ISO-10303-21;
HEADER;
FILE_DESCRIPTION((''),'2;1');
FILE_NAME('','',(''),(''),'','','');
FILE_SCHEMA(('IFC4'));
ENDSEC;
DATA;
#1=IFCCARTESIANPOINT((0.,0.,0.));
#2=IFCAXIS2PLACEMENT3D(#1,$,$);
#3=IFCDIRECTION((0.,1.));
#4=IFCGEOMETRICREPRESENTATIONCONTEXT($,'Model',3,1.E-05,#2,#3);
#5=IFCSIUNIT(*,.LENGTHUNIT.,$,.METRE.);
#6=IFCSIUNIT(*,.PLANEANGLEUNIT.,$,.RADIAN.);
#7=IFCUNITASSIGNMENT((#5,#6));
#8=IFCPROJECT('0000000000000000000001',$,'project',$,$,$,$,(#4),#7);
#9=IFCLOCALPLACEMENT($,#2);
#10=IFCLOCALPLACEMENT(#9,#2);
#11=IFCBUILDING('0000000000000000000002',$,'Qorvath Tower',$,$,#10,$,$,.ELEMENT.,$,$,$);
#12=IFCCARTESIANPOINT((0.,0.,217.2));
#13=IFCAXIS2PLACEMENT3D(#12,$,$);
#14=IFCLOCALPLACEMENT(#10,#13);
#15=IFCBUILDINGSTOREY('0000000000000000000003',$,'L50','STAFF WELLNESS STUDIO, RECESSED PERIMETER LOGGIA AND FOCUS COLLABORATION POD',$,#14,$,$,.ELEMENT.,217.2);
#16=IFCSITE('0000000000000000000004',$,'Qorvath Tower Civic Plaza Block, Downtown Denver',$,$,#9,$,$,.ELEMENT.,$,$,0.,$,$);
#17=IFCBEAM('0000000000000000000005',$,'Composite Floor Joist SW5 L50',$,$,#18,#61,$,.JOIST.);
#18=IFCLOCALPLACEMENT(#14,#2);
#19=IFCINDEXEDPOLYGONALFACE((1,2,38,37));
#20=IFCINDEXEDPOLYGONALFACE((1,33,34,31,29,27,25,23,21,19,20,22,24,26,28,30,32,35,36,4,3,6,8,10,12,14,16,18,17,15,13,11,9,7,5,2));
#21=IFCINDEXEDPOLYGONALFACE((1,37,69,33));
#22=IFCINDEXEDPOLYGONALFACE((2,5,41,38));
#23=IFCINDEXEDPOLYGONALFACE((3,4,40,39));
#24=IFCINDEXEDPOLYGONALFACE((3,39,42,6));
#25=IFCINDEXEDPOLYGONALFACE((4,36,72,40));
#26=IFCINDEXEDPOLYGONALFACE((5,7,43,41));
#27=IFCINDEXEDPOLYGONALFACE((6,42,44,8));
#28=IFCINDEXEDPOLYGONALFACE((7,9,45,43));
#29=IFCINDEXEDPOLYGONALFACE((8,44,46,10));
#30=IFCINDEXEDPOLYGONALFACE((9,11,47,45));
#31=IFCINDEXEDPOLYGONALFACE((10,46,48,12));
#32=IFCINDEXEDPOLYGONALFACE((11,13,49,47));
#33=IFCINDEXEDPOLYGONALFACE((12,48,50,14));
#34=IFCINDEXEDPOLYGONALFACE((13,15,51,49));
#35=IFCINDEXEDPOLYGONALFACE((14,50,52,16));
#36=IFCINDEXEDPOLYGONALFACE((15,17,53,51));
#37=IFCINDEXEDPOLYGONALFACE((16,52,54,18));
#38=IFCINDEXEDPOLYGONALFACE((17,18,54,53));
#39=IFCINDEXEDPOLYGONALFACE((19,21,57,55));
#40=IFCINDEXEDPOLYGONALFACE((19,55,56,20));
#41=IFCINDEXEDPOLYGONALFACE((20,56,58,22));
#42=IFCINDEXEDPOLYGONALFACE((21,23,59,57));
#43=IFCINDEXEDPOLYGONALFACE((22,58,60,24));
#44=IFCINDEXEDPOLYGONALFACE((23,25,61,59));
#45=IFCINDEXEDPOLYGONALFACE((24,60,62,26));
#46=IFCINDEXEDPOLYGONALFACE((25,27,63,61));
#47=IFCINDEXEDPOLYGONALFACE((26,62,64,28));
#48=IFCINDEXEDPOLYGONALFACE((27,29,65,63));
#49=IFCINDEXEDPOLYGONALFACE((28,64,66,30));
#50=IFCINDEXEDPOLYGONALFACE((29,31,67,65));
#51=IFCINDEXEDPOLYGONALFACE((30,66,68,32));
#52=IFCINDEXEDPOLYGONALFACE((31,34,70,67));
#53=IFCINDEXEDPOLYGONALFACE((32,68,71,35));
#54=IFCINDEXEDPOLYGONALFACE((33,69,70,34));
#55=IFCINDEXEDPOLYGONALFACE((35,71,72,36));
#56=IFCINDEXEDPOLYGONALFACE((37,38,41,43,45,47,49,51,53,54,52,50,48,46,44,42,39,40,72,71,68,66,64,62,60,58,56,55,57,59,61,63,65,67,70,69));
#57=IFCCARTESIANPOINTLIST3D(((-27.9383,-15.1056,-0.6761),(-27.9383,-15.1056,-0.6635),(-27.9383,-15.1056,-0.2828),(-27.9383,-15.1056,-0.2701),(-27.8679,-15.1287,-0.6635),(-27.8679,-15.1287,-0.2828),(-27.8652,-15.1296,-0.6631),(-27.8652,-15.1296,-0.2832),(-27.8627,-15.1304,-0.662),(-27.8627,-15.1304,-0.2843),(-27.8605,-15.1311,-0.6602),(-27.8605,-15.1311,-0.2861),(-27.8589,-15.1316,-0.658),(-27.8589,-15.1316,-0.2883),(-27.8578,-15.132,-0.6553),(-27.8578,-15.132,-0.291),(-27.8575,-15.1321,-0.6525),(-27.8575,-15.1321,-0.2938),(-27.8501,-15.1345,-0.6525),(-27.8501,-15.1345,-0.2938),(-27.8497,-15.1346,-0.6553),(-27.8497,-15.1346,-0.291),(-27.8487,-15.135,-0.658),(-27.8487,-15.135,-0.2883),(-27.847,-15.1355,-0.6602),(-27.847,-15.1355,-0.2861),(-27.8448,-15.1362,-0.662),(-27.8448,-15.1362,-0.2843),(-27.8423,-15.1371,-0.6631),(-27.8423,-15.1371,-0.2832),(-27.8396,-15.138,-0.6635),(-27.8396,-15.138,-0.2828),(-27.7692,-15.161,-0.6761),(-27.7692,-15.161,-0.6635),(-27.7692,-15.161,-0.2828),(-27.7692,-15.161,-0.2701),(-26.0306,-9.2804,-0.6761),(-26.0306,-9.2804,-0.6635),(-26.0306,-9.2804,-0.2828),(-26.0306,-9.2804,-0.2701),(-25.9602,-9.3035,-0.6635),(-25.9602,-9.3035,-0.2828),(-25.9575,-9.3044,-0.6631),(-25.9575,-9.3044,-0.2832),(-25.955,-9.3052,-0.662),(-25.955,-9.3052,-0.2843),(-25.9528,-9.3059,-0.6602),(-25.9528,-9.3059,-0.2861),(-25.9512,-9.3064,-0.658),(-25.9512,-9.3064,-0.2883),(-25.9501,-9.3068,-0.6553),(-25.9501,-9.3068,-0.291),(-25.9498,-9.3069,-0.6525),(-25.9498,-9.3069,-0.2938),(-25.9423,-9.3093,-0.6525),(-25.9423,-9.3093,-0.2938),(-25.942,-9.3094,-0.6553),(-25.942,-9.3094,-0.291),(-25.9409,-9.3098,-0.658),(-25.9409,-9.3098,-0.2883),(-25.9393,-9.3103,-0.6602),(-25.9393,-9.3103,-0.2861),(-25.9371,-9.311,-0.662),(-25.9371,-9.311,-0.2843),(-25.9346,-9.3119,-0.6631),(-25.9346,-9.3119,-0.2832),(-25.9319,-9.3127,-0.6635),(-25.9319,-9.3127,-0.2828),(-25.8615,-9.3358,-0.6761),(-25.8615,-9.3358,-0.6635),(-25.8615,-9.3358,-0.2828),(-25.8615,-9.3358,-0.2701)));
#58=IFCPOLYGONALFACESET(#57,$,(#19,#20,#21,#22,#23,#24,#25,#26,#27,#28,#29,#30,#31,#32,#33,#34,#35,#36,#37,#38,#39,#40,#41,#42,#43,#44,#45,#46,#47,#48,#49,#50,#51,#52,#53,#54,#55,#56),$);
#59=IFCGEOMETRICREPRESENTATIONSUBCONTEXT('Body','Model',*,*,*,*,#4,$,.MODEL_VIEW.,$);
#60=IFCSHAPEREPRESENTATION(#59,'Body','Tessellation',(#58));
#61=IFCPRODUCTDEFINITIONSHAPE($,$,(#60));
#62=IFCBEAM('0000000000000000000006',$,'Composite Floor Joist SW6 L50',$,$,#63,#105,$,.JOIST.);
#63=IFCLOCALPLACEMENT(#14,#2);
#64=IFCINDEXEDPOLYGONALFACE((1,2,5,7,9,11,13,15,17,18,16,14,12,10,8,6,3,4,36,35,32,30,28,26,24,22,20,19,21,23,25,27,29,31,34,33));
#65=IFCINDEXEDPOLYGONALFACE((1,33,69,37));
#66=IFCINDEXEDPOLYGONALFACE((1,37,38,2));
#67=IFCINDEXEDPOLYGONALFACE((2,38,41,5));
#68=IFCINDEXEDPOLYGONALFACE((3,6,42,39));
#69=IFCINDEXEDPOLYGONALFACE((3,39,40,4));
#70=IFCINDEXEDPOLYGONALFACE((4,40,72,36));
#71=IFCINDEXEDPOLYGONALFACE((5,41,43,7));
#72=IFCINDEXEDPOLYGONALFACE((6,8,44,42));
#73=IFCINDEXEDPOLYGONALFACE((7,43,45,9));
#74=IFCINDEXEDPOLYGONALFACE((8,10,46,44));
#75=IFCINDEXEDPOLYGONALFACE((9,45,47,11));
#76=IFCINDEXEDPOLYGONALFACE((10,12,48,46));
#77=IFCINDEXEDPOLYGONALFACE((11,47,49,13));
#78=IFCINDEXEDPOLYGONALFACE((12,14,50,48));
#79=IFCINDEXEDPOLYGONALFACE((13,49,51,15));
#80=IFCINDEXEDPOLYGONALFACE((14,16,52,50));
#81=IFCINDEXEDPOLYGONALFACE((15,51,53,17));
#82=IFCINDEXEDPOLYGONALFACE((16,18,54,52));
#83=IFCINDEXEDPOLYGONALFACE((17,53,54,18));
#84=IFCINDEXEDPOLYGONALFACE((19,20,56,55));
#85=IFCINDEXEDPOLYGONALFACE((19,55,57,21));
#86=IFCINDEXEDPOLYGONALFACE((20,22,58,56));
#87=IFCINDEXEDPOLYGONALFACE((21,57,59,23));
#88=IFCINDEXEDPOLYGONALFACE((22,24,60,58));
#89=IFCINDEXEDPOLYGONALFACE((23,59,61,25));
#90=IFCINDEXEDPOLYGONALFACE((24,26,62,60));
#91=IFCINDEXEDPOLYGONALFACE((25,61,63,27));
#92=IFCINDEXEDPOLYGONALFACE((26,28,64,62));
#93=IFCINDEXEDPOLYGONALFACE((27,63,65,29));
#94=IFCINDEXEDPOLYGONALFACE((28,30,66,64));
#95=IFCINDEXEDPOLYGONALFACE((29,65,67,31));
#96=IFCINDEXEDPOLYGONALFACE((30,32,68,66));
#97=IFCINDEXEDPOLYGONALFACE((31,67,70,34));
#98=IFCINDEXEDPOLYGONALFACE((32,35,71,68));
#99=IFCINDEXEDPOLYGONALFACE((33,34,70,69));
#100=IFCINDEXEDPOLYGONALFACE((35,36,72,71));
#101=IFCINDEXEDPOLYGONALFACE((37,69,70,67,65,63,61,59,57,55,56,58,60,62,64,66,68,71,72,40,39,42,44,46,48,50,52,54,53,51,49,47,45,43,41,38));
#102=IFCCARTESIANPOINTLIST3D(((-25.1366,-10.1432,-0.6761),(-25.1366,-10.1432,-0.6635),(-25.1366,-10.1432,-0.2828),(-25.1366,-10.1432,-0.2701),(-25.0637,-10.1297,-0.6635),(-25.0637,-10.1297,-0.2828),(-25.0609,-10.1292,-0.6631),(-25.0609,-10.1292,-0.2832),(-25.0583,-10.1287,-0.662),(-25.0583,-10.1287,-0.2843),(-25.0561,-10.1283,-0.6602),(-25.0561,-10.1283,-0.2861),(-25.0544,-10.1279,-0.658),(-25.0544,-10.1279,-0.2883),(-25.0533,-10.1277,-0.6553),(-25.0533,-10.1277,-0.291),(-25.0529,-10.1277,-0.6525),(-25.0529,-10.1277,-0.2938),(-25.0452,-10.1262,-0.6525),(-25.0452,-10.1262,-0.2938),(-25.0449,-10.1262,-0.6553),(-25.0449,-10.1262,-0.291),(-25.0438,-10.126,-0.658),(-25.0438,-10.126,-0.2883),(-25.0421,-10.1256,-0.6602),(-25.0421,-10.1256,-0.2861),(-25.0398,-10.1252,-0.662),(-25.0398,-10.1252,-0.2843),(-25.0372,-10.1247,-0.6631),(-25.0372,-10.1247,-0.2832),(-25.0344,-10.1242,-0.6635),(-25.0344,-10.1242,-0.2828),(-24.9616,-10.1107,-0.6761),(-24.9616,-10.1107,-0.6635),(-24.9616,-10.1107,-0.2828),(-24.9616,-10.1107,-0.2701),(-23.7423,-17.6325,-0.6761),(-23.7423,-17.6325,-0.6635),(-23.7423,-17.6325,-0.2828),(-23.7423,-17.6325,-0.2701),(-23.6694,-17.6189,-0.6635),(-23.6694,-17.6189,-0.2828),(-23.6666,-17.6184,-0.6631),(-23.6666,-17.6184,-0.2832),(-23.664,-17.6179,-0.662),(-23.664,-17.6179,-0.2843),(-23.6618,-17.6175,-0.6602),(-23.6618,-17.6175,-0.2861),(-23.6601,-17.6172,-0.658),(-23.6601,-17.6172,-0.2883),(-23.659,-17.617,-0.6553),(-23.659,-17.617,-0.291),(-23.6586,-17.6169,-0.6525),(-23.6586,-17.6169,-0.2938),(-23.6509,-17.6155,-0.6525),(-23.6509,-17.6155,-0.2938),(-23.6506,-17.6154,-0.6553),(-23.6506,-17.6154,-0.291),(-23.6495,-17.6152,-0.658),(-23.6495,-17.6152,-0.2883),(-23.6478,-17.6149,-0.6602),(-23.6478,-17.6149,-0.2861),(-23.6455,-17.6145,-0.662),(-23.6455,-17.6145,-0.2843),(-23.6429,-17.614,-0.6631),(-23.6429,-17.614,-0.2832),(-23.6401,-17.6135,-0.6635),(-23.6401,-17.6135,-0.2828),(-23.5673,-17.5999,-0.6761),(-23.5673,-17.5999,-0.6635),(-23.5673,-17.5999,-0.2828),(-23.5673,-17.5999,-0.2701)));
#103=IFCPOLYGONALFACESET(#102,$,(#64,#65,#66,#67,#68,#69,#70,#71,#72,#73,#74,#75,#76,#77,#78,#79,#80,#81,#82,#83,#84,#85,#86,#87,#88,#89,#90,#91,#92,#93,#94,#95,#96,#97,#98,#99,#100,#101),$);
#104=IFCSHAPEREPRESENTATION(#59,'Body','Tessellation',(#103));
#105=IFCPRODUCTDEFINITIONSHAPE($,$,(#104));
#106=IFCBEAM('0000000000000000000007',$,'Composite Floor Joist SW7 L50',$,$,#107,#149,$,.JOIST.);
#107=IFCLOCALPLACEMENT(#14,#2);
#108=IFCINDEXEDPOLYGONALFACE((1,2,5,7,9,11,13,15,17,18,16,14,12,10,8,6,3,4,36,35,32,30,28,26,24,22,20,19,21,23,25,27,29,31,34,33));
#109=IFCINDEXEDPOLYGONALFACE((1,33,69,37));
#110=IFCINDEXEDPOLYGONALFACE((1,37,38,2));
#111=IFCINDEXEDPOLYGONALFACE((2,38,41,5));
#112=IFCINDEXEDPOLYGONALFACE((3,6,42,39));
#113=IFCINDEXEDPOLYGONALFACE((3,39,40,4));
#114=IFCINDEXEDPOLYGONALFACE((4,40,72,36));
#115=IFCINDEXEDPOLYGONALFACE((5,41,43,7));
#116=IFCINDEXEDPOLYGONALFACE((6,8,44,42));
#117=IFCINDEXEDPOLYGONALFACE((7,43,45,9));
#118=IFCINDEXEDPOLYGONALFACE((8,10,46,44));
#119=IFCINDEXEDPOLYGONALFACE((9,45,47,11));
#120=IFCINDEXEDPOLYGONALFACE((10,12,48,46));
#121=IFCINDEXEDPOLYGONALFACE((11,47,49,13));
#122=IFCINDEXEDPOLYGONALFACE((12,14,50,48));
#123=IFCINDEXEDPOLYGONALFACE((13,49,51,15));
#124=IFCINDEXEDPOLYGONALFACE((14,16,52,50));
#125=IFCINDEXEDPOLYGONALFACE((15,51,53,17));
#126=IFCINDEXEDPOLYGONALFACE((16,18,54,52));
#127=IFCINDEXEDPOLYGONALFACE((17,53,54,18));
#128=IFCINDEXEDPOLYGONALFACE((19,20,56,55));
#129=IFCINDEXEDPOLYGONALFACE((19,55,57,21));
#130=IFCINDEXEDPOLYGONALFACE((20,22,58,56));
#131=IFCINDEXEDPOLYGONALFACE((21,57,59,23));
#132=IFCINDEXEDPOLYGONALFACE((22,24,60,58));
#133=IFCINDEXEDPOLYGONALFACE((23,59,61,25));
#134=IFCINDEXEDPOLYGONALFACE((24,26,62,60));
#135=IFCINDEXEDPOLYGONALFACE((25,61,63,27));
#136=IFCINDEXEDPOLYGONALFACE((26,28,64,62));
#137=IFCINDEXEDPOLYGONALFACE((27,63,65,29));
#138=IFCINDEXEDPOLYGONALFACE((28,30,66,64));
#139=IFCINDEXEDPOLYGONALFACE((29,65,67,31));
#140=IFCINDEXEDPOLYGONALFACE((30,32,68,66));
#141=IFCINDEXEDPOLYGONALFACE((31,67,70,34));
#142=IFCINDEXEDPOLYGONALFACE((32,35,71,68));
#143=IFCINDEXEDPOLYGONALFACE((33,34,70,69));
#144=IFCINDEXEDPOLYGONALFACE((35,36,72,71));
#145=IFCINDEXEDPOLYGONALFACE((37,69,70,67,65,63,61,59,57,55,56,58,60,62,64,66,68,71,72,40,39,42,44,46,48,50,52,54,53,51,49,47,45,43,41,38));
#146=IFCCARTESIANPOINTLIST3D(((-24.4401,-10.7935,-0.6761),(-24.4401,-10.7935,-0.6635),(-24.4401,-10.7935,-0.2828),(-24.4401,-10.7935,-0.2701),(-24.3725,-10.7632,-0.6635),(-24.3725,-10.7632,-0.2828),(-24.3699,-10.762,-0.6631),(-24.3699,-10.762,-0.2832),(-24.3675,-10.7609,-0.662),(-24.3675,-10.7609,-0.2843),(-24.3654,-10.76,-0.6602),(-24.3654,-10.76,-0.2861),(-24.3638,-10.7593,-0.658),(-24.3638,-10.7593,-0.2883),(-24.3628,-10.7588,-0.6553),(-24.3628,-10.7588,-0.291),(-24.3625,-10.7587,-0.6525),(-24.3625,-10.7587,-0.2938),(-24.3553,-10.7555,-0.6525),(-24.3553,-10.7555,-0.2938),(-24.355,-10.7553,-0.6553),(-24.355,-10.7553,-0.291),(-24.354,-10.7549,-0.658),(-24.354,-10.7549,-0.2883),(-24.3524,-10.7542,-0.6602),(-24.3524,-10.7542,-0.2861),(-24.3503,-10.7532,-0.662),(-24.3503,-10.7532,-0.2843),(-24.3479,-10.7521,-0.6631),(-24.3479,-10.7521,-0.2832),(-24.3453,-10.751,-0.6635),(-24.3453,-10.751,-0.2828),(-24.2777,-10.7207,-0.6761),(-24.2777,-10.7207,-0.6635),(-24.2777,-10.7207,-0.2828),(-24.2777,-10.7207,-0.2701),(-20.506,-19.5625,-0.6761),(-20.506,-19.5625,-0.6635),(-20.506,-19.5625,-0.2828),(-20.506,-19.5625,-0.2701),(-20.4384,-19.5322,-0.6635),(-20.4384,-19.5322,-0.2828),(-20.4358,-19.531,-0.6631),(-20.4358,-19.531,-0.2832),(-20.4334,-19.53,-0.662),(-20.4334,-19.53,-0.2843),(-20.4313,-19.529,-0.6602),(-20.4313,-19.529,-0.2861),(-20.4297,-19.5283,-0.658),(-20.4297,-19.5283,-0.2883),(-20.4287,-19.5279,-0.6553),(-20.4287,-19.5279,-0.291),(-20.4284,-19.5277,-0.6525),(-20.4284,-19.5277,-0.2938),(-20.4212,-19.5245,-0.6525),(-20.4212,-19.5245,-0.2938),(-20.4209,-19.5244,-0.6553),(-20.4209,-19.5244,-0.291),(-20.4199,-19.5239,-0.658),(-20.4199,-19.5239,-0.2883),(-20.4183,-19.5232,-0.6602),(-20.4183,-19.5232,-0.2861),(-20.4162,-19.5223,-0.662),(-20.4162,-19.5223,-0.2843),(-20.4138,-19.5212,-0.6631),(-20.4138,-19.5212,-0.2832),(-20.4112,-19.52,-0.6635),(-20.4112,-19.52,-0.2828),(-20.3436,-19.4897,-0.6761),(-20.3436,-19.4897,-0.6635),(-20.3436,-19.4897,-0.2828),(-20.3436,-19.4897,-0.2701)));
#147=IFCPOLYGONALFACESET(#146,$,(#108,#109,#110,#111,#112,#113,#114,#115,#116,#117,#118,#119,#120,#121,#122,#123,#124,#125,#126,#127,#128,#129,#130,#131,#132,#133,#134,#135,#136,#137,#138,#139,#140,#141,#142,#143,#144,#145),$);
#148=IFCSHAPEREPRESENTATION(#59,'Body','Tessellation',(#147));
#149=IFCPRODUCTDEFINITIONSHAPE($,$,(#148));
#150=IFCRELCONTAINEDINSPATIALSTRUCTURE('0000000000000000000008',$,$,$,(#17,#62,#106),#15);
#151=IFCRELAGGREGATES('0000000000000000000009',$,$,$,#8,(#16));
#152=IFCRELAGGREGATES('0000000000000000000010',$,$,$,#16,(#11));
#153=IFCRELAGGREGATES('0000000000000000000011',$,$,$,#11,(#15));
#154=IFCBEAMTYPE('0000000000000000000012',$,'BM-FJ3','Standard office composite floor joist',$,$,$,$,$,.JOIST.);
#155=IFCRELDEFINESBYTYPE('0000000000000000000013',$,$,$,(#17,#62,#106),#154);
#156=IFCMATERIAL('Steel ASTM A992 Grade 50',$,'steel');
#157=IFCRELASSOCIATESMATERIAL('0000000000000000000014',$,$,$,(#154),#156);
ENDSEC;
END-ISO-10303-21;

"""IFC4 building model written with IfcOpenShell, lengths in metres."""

from ifc_helpers import new_model, si_unit, direction, frame, origin, origin_2d, place, context, subcontext, project, spatial, i_section, extrude, material, material_profile, profile_set, type_object, element, save


model = new_model("IFC4")

# Units and contexts
model_context = context("Model", 3, precision=1e-05, world=origin(), true_north=direction((0.0, 1.0)))
body_context = subcontext(model_context, "Body", "Model", "MODEL_VIEW")
ifc_project = project(units=[si_unit("LENGTHUNIT", "METRE"), si_unit("PLANEANGLEUNIT", "RADIAN")], contexts=[model_context])

# Site, building, storey
site_placement = place(None, origin())
site = spatial("IfcSite", under=ifc_project, at=site_placement, Name="Qorvath Tower Civic Plaza Block, Downtown Denver", CompositionType="ELEMENT", RefElevation=0.0)
building_placement = place(site_placement, origin())
building = spatial("IfcBuilding", under=site, at=building_placement, Name="Qorvath Tower", CompositionType="ELEMENT")
storey_placement = place(building_placement, frame((0.0, 0.0, 217.2)))
storey = spatial("IfcBuildingStorey", under=building, at=storey_placement, Name="L50", Description="STAFF WELLNESS STUDIO, RECESSED PERIMETER LOGGIA AND FOCUS COLLABORATION POD", CompositionType="ELEMENT", Elevation=217.2)

# Beams
ifc_material_1 = material(Name="Steel ASTM A992 Grade 50", Category="steel")
ifc_material_profile_1 = material_profile(ifc_material_1, i_section(OverallWidth=0.178, OverallDepth=0.406, WebThickness=0.0078, FlangeThickness=0.0127, FilletRadius=0.011, at=origin_2d()), Name="W16x40")
ifc_profile_set_1 = profile_set([ifc_material_profile_1], Name="Steel ASTM A992 Grade 50")
beam_type_1 = type_object("IfcBeamType", Name="BM-FJ3", Description="Standard office composite floor joist", PredefinedType="JOIST", material=ifc_profile_set_1)
beam_1_placement = place(storey_placement, frame((-25.946, -9.3081, -0.4731), z_axis=(-0.311229, -0.950335, 0.0), x_axis=(0.950335, -0.311229, 0.0)))
element("IfcBeam", 1, at=beam_1_placement, inside=storey, type_object=beam_type_1, Name="Composite Floor Joist SW5 L50", PredefinedType="JOIST", context=body_context, shape_type="SweptSolid", body=[
    extrude(i_section(OverallWidth=0.178, OverallDepth=0.406, WebThickness=0.0078, FlangeThickness=0.0127, FilletRadius=0.011, at=origin_2d()), origin(), (0.0, 0.0, 1.0), 6.1296),
])
beam_2_placement = place(storey_placement, frame((-25.0491, -10.127, -0.4731), z_axis=(0.183027, -0.983108, 0.0), x_axis=(0.983108, 0.183027, 0.0)))
element("IfcBeam", 2, at=beam_2_placement, inside=storey, type_object=beam_type_1, Name="Composite Floor Joist SW6 L50", PredefinedType="JOIST", context=body_context, shape_type="SweptSolid", body=[
    extrude(i_section(OverallWidth=0.178, OverallDepth=0.406, WebThickness=0.0078, FlangeThickness=0.0127, FilletRadius=0.011, at=origin_2d()), origin(), (0.0, 0.0, 1.0), 7.6179),
])
beam_3_placement = place(storey_placement, frame((-24.3589, -10.7571, -0.4731), z_axis=(0.409327, -0.912388, 0.0), x_axis=(0.912388, 0.409327, 0.0)))
element("IfcBeam", 3, at=beam_3_placement, inside=storey, type_object=beam_type_1, Name="Composite Floor Joist SW7 L50", PredefinedType="JOIST", context=body_context, shape_type="SweptSolid", body=[
    extrude(i_section(OverallWidth=0.178, OverallDepth=0.406, WebThickness=0.0078, FlangeThickness=0.0127, FilletRadius=0.011, at=origin_2d()), origin(), (0.0, 0.0, 1.0), 9.6111),
])

save(model, "model.ifc")
